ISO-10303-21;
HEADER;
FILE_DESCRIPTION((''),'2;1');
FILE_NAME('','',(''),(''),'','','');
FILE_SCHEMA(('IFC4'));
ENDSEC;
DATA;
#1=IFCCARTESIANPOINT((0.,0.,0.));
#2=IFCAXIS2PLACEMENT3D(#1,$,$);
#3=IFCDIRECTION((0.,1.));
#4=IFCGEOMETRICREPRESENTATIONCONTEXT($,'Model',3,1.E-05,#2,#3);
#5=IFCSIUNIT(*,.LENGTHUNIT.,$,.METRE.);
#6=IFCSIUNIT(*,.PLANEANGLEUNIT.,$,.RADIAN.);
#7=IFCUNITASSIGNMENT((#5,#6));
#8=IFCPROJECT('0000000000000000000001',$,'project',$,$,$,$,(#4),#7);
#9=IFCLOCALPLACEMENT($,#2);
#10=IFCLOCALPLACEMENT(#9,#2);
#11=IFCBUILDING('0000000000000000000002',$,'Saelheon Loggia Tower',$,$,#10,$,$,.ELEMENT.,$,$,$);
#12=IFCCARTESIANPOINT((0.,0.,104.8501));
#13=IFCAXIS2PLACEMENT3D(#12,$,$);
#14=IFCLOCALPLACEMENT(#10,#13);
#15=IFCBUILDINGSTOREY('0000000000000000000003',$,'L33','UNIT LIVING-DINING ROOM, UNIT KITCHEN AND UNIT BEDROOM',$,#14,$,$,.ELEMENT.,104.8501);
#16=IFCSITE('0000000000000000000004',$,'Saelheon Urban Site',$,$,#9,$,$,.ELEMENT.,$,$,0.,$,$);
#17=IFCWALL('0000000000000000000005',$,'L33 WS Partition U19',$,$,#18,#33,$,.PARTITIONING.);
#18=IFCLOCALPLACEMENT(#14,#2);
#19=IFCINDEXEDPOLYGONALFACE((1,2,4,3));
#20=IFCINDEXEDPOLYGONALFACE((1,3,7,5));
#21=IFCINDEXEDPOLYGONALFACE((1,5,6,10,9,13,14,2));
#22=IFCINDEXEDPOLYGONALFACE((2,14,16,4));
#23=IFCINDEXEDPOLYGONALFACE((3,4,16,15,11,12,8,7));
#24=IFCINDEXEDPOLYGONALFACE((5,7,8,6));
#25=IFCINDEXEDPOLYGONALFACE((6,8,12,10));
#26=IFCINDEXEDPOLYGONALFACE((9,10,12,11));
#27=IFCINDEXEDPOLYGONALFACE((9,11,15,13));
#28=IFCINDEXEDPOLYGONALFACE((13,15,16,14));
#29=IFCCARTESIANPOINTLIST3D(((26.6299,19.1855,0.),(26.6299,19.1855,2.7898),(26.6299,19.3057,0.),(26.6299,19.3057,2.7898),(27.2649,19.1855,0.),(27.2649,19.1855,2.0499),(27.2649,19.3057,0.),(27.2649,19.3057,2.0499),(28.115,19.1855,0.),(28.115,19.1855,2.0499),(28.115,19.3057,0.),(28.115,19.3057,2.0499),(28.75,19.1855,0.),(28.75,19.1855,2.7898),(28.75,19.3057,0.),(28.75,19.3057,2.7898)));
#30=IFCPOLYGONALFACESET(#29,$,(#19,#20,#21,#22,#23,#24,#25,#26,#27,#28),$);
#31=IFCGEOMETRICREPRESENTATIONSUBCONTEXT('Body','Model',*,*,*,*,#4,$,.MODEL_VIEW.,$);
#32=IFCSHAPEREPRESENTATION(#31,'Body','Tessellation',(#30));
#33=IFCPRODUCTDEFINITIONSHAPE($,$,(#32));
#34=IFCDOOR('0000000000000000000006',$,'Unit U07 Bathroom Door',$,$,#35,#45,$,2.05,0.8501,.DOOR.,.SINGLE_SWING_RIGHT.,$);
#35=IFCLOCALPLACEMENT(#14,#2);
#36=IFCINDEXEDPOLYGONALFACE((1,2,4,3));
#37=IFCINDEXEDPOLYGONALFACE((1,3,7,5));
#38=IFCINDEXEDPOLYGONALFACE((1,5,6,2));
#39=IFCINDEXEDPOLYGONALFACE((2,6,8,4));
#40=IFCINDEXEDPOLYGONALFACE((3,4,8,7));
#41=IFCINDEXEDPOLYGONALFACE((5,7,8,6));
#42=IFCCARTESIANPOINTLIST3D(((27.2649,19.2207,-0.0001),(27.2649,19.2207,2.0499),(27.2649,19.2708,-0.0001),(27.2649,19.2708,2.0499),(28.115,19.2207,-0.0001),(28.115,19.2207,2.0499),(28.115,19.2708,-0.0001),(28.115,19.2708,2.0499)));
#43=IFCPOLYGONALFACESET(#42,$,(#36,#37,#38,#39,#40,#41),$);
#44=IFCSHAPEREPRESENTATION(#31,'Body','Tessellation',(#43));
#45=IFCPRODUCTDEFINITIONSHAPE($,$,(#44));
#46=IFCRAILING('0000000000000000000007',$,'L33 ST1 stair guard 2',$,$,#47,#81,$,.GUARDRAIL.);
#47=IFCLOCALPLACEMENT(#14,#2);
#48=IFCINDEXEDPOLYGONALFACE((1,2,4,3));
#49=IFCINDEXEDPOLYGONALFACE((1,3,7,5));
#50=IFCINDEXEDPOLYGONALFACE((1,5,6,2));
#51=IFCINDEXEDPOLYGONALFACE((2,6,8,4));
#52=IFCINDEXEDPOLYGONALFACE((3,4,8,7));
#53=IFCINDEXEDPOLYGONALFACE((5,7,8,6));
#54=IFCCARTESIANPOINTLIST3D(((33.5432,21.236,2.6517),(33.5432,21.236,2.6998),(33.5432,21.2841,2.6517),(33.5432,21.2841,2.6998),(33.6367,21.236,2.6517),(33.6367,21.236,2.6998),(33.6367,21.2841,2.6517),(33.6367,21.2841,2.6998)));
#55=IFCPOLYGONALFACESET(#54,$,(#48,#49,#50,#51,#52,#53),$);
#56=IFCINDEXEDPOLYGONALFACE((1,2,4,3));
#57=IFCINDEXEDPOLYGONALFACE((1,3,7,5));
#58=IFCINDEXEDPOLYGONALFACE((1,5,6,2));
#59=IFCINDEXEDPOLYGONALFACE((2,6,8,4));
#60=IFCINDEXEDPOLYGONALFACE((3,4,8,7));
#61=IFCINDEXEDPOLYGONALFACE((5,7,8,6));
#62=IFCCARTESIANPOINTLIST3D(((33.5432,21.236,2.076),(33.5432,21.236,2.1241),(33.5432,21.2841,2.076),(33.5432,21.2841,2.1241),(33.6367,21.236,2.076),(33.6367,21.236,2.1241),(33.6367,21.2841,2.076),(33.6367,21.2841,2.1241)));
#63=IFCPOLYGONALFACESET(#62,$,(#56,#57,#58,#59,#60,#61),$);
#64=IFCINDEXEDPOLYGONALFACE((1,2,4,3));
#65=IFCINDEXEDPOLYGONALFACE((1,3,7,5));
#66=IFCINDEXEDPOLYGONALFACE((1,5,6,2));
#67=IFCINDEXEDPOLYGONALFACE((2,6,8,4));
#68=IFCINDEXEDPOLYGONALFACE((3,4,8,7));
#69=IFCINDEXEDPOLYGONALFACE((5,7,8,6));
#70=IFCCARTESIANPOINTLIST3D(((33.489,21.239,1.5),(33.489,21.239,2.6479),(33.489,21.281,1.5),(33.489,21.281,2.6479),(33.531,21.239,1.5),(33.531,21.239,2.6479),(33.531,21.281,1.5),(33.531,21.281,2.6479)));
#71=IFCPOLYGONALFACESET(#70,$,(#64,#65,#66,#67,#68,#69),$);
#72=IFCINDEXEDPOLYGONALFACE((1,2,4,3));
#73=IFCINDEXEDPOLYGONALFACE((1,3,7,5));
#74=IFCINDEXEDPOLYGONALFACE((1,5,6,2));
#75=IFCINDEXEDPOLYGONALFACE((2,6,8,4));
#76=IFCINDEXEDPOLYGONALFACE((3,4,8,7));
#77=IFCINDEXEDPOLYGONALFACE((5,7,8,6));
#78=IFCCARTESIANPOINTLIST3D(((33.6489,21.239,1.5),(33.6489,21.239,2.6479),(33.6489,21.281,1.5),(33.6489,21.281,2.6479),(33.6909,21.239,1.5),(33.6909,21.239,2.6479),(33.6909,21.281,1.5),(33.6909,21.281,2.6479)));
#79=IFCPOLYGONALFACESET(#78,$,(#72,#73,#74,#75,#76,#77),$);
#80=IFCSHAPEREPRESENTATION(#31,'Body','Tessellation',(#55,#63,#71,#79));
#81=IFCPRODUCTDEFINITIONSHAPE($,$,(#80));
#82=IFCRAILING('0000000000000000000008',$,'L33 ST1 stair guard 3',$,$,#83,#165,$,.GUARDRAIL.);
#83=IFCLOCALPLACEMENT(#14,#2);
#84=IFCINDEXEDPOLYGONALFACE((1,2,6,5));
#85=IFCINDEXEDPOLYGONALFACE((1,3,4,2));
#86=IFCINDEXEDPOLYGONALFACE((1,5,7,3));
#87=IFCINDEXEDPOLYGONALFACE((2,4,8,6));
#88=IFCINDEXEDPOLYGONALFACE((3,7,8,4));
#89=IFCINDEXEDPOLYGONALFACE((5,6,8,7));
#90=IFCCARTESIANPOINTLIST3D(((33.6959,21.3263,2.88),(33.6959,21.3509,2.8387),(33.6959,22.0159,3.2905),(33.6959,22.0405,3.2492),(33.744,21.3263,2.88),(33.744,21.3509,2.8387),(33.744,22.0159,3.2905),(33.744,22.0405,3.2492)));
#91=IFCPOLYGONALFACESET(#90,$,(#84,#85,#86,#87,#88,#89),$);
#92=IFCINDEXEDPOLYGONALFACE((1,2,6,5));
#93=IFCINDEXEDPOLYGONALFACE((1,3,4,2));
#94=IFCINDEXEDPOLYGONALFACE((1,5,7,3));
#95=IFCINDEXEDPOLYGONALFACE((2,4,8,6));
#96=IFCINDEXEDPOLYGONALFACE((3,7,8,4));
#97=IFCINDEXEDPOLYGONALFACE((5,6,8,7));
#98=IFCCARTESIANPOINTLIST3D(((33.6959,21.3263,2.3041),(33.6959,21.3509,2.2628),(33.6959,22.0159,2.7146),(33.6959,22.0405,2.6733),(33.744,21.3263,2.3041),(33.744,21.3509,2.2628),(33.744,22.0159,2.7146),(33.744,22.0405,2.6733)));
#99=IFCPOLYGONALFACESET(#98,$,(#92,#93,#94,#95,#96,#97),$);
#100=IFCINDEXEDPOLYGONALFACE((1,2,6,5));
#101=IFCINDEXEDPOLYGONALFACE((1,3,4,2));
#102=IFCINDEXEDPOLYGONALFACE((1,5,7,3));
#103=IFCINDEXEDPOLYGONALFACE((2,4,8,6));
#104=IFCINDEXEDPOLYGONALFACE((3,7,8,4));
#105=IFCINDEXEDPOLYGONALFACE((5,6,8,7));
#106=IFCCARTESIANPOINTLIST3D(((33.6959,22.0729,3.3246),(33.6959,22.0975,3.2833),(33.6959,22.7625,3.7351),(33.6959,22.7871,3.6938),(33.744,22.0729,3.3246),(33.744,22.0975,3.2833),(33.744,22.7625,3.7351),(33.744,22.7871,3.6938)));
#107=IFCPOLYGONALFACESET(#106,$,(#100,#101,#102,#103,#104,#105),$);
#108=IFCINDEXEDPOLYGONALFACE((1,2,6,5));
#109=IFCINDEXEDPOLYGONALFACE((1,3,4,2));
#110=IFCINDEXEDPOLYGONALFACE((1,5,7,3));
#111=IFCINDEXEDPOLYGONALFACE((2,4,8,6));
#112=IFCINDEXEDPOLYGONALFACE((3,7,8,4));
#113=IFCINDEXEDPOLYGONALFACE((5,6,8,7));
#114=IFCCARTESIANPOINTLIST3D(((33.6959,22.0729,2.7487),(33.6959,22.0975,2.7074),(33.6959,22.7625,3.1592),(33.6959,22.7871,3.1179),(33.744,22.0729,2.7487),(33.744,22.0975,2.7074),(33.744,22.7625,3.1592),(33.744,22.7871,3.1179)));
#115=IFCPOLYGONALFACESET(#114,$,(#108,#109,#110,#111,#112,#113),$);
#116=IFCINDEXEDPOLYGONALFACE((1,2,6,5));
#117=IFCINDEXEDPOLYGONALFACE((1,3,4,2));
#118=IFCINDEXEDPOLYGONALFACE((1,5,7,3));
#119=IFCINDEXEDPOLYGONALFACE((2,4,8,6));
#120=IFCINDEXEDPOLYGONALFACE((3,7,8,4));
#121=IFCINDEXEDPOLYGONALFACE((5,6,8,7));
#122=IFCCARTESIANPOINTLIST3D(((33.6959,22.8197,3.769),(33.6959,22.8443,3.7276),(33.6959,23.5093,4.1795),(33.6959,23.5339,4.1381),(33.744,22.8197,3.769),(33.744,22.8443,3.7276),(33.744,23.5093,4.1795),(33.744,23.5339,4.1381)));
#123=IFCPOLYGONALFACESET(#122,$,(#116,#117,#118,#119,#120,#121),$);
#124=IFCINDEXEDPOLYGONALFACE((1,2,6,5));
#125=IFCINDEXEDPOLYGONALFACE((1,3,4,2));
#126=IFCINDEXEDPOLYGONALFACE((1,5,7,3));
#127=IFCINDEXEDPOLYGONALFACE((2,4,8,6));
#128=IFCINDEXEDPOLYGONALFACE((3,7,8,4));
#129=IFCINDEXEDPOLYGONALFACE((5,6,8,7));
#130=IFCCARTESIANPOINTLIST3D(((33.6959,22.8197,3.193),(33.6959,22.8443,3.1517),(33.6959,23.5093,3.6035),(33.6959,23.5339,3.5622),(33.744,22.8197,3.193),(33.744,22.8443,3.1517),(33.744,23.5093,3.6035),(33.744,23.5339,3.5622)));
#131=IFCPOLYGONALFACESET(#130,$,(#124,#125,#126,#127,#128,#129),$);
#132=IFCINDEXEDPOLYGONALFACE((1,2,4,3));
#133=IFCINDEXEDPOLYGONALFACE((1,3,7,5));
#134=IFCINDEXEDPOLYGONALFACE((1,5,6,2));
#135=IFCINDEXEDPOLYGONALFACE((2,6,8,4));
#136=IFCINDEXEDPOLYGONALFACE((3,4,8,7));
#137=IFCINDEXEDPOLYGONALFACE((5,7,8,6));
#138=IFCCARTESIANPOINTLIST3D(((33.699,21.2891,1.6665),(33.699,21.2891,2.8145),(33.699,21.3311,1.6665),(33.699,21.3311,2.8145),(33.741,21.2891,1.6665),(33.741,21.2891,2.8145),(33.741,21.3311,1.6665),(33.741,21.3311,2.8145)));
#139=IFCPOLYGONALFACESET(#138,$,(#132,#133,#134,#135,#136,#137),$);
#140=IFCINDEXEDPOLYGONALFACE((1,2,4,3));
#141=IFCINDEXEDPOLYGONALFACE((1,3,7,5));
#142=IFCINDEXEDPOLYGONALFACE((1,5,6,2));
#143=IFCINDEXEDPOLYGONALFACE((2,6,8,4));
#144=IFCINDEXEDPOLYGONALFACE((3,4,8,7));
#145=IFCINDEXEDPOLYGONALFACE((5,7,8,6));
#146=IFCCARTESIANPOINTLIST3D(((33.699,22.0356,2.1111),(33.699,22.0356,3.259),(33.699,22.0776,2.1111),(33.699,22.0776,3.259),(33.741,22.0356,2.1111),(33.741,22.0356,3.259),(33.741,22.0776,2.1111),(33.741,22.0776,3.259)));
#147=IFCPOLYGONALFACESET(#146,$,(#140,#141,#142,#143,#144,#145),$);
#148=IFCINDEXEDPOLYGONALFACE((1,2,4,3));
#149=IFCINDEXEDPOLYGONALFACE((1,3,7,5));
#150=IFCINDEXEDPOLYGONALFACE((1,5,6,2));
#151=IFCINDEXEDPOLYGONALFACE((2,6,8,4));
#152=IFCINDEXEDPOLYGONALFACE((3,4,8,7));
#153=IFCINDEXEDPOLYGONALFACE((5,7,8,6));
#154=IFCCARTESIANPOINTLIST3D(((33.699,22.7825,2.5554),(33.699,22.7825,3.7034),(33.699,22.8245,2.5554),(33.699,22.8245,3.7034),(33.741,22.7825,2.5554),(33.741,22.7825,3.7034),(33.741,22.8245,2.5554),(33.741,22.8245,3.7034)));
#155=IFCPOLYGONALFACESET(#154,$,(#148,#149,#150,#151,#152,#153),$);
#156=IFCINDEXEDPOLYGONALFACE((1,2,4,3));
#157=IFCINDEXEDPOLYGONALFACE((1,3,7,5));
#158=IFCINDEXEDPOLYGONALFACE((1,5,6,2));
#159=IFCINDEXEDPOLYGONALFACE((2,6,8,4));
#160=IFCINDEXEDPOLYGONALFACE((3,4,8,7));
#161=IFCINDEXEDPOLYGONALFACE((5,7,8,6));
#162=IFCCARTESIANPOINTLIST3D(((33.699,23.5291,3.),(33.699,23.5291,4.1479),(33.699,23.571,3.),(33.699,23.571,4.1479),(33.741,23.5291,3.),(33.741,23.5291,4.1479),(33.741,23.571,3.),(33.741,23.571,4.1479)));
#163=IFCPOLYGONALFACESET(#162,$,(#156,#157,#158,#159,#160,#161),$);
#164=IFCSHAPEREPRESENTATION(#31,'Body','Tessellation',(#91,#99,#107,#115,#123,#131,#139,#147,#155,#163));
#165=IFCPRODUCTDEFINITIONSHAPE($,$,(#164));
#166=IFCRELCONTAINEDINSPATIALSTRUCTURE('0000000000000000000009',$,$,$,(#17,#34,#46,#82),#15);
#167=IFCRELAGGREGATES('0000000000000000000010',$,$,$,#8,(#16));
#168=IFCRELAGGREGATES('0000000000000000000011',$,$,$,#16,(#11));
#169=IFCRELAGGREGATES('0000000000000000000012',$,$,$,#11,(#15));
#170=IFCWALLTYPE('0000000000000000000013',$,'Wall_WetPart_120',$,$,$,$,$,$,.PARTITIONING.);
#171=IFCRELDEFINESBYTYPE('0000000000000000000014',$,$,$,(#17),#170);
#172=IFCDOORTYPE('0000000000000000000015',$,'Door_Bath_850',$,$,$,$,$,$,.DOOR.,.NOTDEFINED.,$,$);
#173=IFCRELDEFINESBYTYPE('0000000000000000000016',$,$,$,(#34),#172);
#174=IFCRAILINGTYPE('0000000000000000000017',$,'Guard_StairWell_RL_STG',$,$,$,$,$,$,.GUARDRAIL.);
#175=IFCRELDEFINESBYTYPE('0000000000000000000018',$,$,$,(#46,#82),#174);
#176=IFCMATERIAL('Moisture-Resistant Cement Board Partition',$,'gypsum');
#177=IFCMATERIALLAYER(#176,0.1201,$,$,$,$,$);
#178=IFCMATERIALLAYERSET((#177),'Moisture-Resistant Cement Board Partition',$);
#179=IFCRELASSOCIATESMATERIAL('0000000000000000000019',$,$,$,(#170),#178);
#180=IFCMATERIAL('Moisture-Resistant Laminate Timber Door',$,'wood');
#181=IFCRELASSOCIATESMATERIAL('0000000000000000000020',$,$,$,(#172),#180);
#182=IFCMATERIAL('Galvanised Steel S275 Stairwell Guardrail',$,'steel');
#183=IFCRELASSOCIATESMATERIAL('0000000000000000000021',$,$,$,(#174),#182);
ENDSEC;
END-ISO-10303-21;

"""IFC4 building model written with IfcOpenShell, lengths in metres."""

from ifc_helpers import new_model, si_unit, direction, frame, frame_2d, origin, origin_2d, place, context, subcontext, project, spatial, rectangle, extrude, source, transform, mapped, material, layer, layer_set, type_object, element, fill, save


model = new_model("IFC4")

# Units and contexts
model_context = context("Model", 3, precision=1e-05, world=origin(), true_north=direction((0.0, 1.0)))
body_context = subcontext(model_context, "Body", "Model", "MODEL_VIEW")
ifc_project = project(units=[si_unit("LENGTHUNIT", "METRE"), si_unit("PLANEANGLEUNIT", "RADIAN")], contexts=[model_context])

# Site, building, storey
site_placement = place(None, origin())
site = spatial("IfcSite", under=ifc_project, at=site_placement, Name="Saelheon Urban Site", CompositionType="ELEMENT", RefElevation=0.0)
building_placement = place(site_placement, origin())
building = spatial("IfcBuilding", under=site, at=building_placement, Name="Saelheon Loggia Tower", CompositionType="ELEMENT")
storey_placement = place(building_placement, frame((0.0, 0.0, 104.8501)))
storey = spatial("IfcBuildingStorey", under=building, at=storey_placement, Name="L33", Description="UNIT LIVING-DINING ROOM, UNIT KITCHEN AND UNIT BEDROOM", CompositionType="ELEMENT", Elevation=104.8501)

# Wall, opening, door
ifc_material_1 = material(Name="Moisture-Resistant Cement Board Partition", Category="gypsum")
ifc_layer_1 = layer(ifc_material_1, 0.1201)
ifc_layer_set_1 = layer_set([ifc_layer_1], Name="Moisture-Resistant Cement Board Partition")
wall_type_1 = type_object("IfcWallType", Name="Wall_WetPart_120", PredefinedType="PARTITIONING", material=ifc_layer_set_1)
ifc_material_2 = material(Name="Moisture-Resistant Laminate Timber Door", Category="wood")
door_type_1 = type_object("IfcDoorType", Name="Door_Bath_850", OperationType="NOTDEFINED", PredefinedType="DOOR", material=ifc_material_2)
shared_shape_1 = source(origin(), body_context, "Body", "SweptSolid", [
    extrude(rectangle(XDim=0.8501, YDim=2.05, at=frame_2d((0.425, 1.0249))), frame((0.0, 0.0249, 0.0), z_axis=(0.0, -1.0, 0.0), x_axis=(1.0, 0.0, 0.0)), (0.0, 0.0, 1.0), 0.05),
])
wall_1_placement = place(storey_placement, frame((28.75, 19.2456, 0.0), z_axis=(0.0, 0.0, 1.0), x_axis=(-1.0, 0.0, 0.0)))
wall_1 = element("IfcWall", 1, at=wall_1_placement, inside=storey, type_object=wall_type_1, Name="L33 WS Partition U19", PredefinedType="PARTITIONING", context=body_context, shape_type="SweptSolid", body=[
    extrude(rectangle(XDim=2.1201, YDim=0.1201, at=frame_2d((1.0601, 0.0))), origin(), (0.0, 0.0, 1.0), 2.7898),
])
opening_1_placement = place(wall_1_placement, frame((0.635, 0.0, 0.0)))
opening_1 = element("IfcOpeningElement", 2, at=opening_1_placement, cuts=wall_1, PredefinedType="OPENING", context=body_context, shape_type="SweptSolid", body=[
    extrude(rectangle(XDim=0.8501, YDim=2.05, at=frame_2d((0.425, 1.0249))), frame((0.0, 0.072, 0.0), z_axis=(0.0, -1.0, 0.0), x_axis=(1.0, 0.0, 0.0)), (0.0, 0.0, 1.0), 0.144),
])
door_1_placement = place(opening_1_placement, origin())
door_1 = element("IfcDoor", 3, at=door_1_placement, inside=storey, type_object=door_type_1, Name="Unit U07 Bathroom Door", OperationType="SINGLE_SWING_RIGHT", OverallHeight=2.05, OverallWidth=0.8501, PredefinedType="DOOR", context=body_context, shape_type="MappedRepresentation", body=[
    mapped(shared_shape_1, transform((0.0, 0.0, 0.0), scale=1.0)),
])
fill(opening_1, door_1)

# Railings
ifc_material_3 = material(Name="Galvanised Steel S275 Stairwell Guardrail", Category="steel")
railing_type_1 = type_object("IfcRailingType", Name="Guard_StairWell_RL_STG", PredefinedType="GUARDRAIL", material=ifc_material_3)
railing_1_placement = place(storey_placement, frame((33.51, 21.26, 1.5)))
element("IfcRailing", 4, at=railing_1_placement, inside=storey, type_object=railing_type_1, Name="L33 ST1 stair guard 2", PredefinedType="GUARDRAIL", context=body_context, shape_type="SweptSolid", body=[
    extrude(rectangle(XDim=0.0481, YDim=0.0481, at=origin_2d()), frame((0.0332, 0.0, 1.1758), z_axis=(1.0, 0.0, 0.0), x_axis=(0.0, 1.0, 0.0)), (0.0, 0.0, 1.0), 0.0935),
    extrude(rectangle(XDim=0.0481, YDim=0.0481, at=origin_2d()), frame((0.0332, 0.0, 0.6001), z_axis=(1.0, 0.0, 0.0), x_axis=(0.0, 1.0, 0.0)), (0.0, 0.0, 1.0), 0.0935),
    extrude(rectangle(XDim=0.042, YDim=0.042, at=origin_2d()), origin(), (0.0, 0.0, 1.0), 1.1479),
    extrude(rectangle(XDim=0.042, YDim=0.042, at=origin_2d()), frame((0.1599, 0.0, 0.0)), (0.0, 0.0, 1.0), 1.1479),
])
railing_2_placement = place(storey_placement, frame((33.72, 21.3101, 1.6665)))
element("IfcRailing", 5, at=railing_2_placement, inside=storey, type_object=railing_type_1, Name="L33 ST1 stair guard 3", PredefinedType="GUARDRAIL", context=body_context, shape_type="SweptSolid", body=[
    extrude(rectangle(XDim=0.0481, YDim=0.0481, at=origin_2d()), frame((0.0, 0.0286, 1.1929), z_axis=(0.0, 0.859264, 0.511532), x_axis=(-1.0, 0.0, 0.0)), (0.0, 0.0, 1.0), 0.8025),
    extrude(rectangle(XDim=0.0481, YDim=0.0481, at=origin_2d()), frame((0.0, 0.0286, 0.6169), z_axis=(0.0, 0.859264, 0.511532), x_axis=(-1.0, 0.0, 0.0)), (0.0, 0.0, 1.0), 0.8025),
    extrude(rectangle(XDim=0.0481, YDim=0.0481, at=origin_2d()), frame((0.0, 0.7751, 1.6375), z_axis=(0.0, 0.859264, 0.511532), x_axis=(-1.0, 0.0, 0.0)), (0.0, 0.0, 1.0), 0.8025),
    extrude(rectangle(XDim=0.0481, YDim=0.0481, at=origin_2d()), frame((0.0, 0.7751, 1.0615), z_axis=(0.0, 0.859264, 0.511532), x_axis=(-1.0, 0.0, 0.0)), (0.0, 0.0, 1.0), 0.8025),
    extrude(rectangle(XDim=0.0481, YDim=0.0481, at=origin_2d()), frame((0.0, 1.522, 2.0818), z_axis=(0.0, 0.859264, 0.511532), x_axis=(-1.0, 0.0, 0.0)), (0.0, 0.0, 1.0), 0.8025),
    extrude(rectangle(XDim=0.0481, YDim=0.0481, at=origin_2d()), frame((0.0, 1.522, 1.5059), z_axis=(0.0, 0.859264, 0.511532), x_axis=(-1.0, 0.0, 0.0)), (0.0, 0.0, 1.0), 0.8025),
    extrude(rectangle(XDim=0.042, YDim=0.042, at=origin_2d()), origin(), (0.0, 0.0, 1.0), 1.1479),
    extrude(rectangle(XDim=0.042, YDim=0.042, at=origin_2d()), frame((0.0, 0.7466, 0.4446)), (0.0, 0.0, 1.0), 1.1479),
    extrude(rectangle(XDim=0.042, YDim=0.042, at=origin_2d()), frame((0.0, 1.4934, 0.8889)), (0.0, 0.0, 1.0), 1.1479),
    extrude(rectangle(XDim=0.042, YDim=0.042, at=origin_2d()), frame((0.0, 2.24, 1.3335)), (0.0, 0.0, 1.0), 1.1479),
])

save(model, "model.ifc")
